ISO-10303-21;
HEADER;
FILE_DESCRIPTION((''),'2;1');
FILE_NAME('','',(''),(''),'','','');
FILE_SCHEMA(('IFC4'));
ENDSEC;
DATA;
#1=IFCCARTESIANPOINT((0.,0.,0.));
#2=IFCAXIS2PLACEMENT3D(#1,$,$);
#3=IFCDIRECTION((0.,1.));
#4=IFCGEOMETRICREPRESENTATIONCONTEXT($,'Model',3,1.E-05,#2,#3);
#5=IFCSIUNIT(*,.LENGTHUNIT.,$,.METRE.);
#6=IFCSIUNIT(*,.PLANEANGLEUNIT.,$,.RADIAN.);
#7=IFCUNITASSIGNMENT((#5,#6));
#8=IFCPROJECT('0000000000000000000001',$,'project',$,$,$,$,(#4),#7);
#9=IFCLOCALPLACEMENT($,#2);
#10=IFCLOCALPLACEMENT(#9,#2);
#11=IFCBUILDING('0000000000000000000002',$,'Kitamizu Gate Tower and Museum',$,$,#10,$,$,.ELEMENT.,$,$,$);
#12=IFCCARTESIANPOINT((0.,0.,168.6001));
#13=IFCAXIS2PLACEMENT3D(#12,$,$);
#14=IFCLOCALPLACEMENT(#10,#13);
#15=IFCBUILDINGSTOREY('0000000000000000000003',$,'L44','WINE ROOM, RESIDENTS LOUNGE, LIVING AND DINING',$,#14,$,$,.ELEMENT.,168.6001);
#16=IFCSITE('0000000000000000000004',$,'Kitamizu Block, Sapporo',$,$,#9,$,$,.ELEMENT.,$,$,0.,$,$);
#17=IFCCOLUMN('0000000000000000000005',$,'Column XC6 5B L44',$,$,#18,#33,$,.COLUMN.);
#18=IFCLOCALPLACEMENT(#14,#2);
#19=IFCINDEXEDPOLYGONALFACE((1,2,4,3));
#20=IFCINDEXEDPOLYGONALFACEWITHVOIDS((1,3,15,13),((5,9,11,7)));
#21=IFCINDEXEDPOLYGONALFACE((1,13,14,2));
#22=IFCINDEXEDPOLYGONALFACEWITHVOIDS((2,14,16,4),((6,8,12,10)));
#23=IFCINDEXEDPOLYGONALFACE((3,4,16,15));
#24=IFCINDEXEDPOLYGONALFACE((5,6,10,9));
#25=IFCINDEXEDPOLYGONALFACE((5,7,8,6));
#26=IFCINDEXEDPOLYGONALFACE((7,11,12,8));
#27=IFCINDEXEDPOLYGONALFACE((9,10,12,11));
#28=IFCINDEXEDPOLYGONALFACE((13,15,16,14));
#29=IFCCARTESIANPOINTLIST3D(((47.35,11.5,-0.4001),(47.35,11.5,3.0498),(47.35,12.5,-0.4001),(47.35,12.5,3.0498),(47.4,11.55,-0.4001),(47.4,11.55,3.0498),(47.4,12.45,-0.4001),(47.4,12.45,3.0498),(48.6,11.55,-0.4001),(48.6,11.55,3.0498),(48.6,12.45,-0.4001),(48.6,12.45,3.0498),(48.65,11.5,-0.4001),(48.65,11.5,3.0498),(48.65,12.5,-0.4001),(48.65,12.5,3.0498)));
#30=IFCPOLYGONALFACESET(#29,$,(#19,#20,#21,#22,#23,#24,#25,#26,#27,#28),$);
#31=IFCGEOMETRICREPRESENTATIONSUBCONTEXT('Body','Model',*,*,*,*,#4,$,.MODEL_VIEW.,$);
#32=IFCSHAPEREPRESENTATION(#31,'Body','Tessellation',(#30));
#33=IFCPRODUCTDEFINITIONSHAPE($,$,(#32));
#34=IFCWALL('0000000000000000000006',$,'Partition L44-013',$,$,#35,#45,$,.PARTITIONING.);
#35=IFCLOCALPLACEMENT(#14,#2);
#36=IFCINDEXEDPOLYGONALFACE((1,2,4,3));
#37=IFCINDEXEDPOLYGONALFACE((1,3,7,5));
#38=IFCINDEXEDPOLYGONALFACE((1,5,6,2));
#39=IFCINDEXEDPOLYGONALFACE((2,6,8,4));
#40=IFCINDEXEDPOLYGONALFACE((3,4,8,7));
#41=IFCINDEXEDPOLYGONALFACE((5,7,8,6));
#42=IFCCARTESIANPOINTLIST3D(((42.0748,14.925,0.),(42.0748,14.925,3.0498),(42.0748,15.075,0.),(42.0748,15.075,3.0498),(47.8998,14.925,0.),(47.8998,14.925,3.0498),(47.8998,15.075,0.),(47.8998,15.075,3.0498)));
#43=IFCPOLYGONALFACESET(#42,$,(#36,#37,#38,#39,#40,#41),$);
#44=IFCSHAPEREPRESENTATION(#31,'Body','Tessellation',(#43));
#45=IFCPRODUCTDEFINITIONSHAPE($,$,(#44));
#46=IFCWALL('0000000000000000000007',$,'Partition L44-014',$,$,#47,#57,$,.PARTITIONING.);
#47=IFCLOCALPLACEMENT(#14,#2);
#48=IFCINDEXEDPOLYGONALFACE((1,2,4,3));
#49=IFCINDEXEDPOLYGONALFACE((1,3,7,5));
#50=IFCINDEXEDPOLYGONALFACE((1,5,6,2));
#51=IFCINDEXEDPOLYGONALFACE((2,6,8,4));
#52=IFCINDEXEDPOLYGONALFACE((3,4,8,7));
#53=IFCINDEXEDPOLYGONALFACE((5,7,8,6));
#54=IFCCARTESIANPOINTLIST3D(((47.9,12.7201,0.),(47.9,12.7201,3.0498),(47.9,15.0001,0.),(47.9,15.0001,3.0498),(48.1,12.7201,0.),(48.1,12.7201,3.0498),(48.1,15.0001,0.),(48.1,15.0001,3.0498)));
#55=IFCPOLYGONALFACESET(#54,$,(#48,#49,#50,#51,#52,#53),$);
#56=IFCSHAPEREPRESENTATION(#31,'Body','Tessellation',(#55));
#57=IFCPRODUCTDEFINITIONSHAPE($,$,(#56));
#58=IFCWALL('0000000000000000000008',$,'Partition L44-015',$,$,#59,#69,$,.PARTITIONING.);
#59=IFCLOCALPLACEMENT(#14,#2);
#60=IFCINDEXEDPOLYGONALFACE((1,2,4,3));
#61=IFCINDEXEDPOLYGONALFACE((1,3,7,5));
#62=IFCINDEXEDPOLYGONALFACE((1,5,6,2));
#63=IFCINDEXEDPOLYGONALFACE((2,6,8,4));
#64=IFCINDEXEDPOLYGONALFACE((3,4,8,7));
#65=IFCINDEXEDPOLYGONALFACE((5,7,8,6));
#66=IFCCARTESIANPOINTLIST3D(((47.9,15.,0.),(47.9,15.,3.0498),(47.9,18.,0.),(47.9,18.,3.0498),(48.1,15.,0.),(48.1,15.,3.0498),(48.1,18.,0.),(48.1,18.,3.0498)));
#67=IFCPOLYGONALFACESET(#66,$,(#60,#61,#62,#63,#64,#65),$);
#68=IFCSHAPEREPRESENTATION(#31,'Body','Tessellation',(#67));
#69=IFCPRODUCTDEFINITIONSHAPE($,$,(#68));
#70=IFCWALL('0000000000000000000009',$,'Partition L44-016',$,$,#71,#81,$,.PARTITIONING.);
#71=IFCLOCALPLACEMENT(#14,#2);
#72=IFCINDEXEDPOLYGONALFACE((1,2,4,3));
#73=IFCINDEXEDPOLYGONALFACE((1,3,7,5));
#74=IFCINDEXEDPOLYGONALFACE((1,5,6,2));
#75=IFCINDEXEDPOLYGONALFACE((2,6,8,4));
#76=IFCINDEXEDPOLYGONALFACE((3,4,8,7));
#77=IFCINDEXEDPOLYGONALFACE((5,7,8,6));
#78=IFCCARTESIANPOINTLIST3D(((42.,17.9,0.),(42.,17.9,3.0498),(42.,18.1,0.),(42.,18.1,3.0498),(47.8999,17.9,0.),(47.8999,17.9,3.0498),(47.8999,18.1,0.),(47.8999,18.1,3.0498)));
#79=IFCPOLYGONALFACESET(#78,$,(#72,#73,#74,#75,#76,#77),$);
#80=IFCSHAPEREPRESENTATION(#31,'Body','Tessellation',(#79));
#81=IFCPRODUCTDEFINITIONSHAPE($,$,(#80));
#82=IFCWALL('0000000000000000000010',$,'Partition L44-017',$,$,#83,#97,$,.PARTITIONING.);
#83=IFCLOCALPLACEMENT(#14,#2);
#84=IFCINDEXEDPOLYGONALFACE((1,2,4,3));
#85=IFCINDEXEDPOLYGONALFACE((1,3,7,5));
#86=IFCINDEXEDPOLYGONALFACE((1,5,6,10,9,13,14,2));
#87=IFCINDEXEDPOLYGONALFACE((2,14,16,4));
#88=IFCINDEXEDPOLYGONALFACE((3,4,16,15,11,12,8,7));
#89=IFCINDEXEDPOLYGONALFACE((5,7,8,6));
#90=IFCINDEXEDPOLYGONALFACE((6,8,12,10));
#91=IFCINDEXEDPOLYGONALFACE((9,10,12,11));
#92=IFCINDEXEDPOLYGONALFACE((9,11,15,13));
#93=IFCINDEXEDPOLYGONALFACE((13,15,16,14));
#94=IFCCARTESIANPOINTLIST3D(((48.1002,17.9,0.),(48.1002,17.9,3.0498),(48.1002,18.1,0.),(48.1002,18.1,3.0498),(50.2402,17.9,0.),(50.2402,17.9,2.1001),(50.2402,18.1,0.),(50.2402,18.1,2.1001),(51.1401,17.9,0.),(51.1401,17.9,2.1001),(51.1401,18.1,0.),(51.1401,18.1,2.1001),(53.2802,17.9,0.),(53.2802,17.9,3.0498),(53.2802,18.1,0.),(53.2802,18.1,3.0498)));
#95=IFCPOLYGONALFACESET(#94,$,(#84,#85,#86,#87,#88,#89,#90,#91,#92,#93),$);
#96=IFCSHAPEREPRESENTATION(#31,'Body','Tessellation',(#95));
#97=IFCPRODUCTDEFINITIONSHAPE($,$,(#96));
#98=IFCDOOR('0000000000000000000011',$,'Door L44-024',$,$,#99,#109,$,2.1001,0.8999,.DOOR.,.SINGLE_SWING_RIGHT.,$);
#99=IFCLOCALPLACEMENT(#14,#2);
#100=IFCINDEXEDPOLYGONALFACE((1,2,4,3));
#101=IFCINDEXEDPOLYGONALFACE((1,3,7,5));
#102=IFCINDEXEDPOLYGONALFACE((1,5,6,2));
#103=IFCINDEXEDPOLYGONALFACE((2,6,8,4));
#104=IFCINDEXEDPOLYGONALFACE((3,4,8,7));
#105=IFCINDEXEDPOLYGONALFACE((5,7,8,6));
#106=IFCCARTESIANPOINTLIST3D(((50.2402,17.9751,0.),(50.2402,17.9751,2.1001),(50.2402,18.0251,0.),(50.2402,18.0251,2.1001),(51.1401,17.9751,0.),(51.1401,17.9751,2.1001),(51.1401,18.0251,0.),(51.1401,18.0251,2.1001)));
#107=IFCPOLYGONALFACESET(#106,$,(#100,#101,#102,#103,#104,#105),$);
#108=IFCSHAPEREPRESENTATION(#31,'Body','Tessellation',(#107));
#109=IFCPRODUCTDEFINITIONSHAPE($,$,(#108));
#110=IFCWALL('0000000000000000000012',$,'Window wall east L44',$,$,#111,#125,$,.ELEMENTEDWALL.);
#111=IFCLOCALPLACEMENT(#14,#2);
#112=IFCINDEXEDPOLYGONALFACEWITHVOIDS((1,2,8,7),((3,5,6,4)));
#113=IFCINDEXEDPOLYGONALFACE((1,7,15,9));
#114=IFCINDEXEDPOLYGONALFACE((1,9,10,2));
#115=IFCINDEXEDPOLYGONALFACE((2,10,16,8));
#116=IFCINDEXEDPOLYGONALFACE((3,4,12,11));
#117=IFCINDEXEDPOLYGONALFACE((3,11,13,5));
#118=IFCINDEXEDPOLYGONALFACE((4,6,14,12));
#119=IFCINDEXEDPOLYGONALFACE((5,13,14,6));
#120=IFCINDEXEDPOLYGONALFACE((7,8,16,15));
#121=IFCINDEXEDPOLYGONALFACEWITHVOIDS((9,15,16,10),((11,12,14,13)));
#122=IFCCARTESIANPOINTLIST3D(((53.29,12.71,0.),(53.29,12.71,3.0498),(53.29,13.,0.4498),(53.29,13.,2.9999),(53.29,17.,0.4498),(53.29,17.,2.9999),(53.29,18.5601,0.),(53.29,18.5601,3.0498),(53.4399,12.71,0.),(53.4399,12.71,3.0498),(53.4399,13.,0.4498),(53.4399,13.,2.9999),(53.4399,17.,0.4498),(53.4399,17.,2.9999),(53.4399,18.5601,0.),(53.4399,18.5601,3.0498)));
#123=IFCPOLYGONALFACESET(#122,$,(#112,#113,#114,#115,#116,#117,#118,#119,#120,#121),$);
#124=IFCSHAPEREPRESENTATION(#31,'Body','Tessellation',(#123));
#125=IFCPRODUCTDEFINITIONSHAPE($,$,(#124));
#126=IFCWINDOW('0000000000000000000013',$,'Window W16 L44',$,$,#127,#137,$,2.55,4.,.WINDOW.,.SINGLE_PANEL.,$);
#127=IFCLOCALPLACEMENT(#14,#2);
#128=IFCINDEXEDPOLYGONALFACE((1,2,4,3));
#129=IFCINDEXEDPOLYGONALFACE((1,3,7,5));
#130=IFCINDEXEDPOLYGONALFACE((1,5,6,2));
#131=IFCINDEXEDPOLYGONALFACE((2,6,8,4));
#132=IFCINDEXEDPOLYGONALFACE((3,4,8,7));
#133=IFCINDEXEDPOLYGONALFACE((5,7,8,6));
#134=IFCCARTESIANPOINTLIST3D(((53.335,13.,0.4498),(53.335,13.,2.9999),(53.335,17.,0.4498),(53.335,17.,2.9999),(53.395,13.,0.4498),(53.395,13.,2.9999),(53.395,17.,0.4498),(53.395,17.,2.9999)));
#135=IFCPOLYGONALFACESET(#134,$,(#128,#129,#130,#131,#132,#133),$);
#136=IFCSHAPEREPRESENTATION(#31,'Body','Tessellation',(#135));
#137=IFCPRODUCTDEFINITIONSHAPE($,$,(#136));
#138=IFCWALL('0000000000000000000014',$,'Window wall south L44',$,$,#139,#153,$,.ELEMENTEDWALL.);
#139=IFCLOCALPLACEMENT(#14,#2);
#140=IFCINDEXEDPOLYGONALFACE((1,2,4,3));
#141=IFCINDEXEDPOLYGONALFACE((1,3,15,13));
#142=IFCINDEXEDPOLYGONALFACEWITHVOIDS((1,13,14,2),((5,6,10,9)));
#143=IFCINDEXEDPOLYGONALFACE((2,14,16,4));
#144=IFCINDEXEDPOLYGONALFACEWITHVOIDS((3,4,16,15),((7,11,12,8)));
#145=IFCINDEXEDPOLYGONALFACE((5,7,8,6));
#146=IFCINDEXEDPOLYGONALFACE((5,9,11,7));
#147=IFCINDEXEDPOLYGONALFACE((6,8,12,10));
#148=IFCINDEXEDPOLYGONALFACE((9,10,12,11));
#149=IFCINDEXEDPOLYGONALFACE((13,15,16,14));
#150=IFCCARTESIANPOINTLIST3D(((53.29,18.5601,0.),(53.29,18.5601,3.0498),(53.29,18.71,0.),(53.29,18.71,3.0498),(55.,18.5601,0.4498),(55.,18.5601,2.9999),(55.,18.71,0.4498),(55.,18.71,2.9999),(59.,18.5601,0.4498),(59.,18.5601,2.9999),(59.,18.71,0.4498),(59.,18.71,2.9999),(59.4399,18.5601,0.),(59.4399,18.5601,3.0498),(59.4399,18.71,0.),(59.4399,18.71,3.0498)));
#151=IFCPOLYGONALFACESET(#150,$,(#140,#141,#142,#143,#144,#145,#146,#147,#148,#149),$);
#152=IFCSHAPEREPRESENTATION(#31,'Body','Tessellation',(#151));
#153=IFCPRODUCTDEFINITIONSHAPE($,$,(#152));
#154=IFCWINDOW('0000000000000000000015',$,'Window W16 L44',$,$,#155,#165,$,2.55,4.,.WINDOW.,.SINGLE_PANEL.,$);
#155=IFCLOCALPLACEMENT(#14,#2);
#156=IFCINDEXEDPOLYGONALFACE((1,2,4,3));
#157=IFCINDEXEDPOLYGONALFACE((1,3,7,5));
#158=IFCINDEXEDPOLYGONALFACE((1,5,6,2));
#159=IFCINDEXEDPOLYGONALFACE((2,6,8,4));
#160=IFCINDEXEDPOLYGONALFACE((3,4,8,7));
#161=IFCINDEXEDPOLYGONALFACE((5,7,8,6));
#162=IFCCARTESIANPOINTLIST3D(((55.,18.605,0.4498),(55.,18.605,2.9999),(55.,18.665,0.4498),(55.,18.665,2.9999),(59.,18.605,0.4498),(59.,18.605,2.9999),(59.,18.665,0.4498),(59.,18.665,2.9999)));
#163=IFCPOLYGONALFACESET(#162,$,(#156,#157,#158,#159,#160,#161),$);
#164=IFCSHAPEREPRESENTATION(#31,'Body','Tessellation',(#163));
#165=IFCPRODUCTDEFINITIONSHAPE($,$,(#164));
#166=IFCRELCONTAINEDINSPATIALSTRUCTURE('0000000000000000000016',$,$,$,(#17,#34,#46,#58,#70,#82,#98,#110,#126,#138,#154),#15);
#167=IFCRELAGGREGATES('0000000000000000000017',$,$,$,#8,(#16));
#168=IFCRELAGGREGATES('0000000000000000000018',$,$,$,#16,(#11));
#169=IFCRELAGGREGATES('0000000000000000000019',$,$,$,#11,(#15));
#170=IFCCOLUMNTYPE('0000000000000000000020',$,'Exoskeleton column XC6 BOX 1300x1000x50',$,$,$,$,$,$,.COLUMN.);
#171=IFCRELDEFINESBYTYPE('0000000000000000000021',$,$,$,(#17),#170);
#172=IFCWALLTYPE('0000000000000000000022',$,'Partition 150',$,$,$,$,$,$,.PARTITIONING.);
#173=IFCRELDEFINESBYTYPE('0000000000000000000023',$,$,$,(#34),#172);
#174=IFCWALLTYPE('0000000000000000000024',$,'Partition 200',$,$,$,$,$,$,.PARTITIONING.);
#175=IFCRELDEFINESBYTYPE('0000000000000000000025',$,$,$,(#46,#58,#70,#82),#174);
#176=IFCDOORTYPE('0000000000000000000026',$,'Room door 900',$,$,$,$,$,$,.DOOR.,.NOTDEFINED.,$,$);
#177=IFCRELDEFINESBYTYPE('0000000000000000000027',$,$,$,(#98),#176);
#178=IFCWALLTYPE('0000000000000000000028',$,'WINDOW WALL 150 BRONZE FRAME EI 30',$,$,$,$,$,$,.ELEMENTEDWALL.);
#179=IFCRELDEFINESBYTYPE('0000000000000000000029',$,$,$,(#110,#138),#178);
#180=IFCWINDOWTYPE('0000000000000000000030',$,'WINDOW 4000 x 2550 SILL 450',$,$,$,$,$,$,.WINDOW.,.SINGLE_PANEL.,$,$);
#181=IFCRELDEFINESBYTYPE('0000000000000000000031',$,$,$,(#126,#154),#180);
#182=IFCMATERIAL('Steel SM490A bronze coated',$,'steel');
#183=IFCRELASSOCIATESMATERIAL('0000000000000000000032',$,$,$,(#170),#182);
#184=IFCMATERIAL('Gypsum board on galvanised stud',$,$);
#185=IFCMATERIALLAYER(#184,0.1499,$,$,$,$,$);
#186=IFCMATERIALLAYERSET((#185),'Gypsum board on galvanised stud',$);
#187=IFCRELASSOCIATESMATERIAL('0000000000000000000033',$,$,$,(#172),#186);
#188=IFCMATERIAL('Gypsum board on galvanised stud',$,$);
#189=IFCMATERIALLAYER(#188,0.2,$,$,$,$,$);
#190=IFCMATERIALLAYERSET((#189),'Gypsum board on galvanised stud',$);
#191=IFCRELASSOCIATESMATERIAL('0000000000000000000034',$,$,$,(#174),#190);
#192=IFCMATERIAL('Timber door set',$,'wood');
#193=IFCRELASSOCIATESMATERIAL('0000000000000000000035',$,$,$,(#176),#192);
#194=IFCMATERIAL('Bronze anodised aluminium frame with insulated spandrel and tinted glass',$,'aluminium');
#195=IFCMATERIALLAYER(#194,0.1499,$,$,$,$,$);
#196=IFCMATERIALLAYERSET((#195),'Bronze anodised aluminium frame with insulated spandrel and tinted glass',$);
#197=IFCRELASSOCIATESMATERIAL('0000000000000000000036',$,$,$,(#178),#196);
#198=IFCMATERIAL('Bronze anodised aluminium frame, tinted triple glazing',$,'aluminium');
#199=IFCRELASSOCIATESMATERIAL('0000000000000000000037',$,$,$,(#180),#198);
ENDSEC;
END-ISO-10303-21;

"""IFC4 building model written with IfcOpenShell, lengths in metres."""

from ifc_helpers import new_model, si_unit, direction, frame, frame_2d, origin, origin_2d, place, context, subcontext, project, spatial, rectangle, hollow_rectangle, extrude, material, layer, layer_set, material_profile, profile_set, type_object, element, fill, save


model = new_model("IFC4")

# Units and contexts
model_context = context("Model", 3, precision=1e-05, world=origin(), true_north=direction((0.0, 1.0)))
body_context = subcontext(model_context, "Body", "Model", "MODEL_VIEW")
ifc_project = project(units=[si_unit("LENGTHUNIT", "METRE"), si_unit("PLANEANGLEUNIT", "RADIAN")], contexts=[model_context])

# Site, building, storey
site_placement = place(None, origin())
site = spatial("IfcSite", under=ifc_project, at=site_placement, Name="Kitamizu Block, Sapporo", CompositionType="ELEMENT", RefElevation=0.0)
building_placement = place(site_placement, origin())
building = spatial("IfcBuilding", under=site, at=building_placement, Name="Kitamizu Gate Tower and Museum", CompositionType="ELEMENT")
storey_placement = place(building_placement, frame((0.0, 0.0, 168.6001)))
storey = spatial("IfcBuildingStorey", under=building, at=storey_placement, Name="L44", Description="WINE ROOM, RESIDENTS LOUNGE, LIVING AND DINING", CompositionType="ELEMENT", Elevation=168.6001)

# Column
ifc_material_1 = material(Name="Steel SM490A bronze coated", Category="steel")
ifc_material_profile = material_profile(ifc_material_1, hollow_rectangle(XDim=1.3, YDim=1.0, WallThickness=0.05, at=origin_2d()), Name="BOX 1300x1000x50")
ifc_profile_set = profile_set([ifc_material_profile], Name="Steel SM490A bronze coated")
column_type = type_object("IfcColumnType", Name="Exoskeleton column XC6 BOX 1300x1000x50", PredefinedType="COLUMN", material=ifc_profile_set)
column_placement = place(storey_placement, frame((48.0, 12.0, -0.4001), z_axis=(0.0, 0.0, 1.0), x_axis=(1.0, 0.0, 0.0)))
element("IfcColumn", 1, at=column_placement, inside=storey, type_object=column_type, Name="Column XC6 5B L44", PredefinedType="COLUMN", context=body_context, shape_type="SweptSolid", body=[
    extrude(hollow_rectangle(XDim=1.3, YDim=1.0, WallThickness=0.05, at=origin_2d()), origin(), (0.0, 0.0, 1.0), 3.45),
])

# Walls
ifc_material_2 = material(Name="Gypsum board on galvanised stud")
ifc_layer_1 = layer(ifc_material_2, 0.1499)
ifc_layer_set_1 = layer_set([ifc_layer_1], Name="Gypsum board on galvanised stud")
wall_type_1 = type_object("IfcWallType", Name="Partition 150", PredefinedType="PARTITIONING", material=ifc_layer_set_1)
wall_1_placement = place(storey_placement, frame((47.8999, 15.0, 0.0), z_axis=(0.0, 0.0, 1.0), x_axis=(-1.0, 0.0, 0.0)))
element("IfcWall", 2, at=wall_1_placement, inside=storey, type_object=wall_type_1, Name="Partition L44-013", PredefinedType="PARTITIONING", context=body_context, shape_type="SweptSolid", body=[
    extrude(rectangle(XDim=5.825, YDim=0.1499, at=frame_2d((2.9126, 0.0))), origin(), (0.0, 0.0, 1.0), 3.0498),
])
ifc_material_3 = material(Name="Gypsum board on galvanised stud")
ifc_layer_2 = layer(ifc_material_3, 0.2)
ifc_layer_set_2 = layer_set([ifc_layer_2], Name="Gypsum board on galvanised stud")
wall_type_2 = type_object("IfcWallType", Name="Partition 200", PredefinedType="PARTITIONING", material=ifc_layer_set_2)
wall_2_placement = place(storey_placement, frame((48.0, 12.72, 0.0), z_axis=(0.0, 0.0, 1.0), x_axis=(0.0, 1.0, 0.0)))
element("IfcWall", 3, at=wall_2_placement, inside=storey, type_object=wall_type_2, Name="Partition L44-014", PredefinedType="PARTITIONING", context=body_context, shape_type="SweptSolid", body=[
    extrude(rectangle(XDim=2.28, YDim=0.2, at=frame_2d((1.1401, 0.0))), origin(), (0.0, 0.0, 1.0), 3.0498),
])
wall_3_placement = place(storey_placement, frame((48.0, 15.0, 0.0), z_axis=(0.0, 0.0, 1.0), x_axis=(0.0, 1.0, 0.0)))
element("IfcWall", 4, at=wall_3_placement, inside=storey, type_object=wall_type_2, Name="Partition L44-015", PredefinedType="PARTITIONING", context=body_context, shape_type="SweptSolid", body=[
    extrude(rectangle(XDim=3.0, YDim=0.2, at=frame_2d((1.5, 0.0))), origin(), (0.0, 0.0, 1.0), 3.0498),
])
wall_4_placement = place(storey_placement, frame((47.8999, 18.0, 0.0), z_axis=(0.0, 0.0, 1.0), x_axis=(-1.0, 0.0, 0.0)))
element("IfcWall", 5, at=wall_4_placement, inside=storey, type_object=wall_type_2, Name="Partition L44-016", PredefinedType="PARTITIONING", context=body_context, shape_type="SweptSolid", body=[
    extrude(rectangle(XDim=5.8999, YDim=0.2, at=frame_2d((2.95, 0.0))), origin(), (0.0, 0.0, 1.0), 3.0498),
])

# Wall, opening, door
wall_5_placement = place(storey_placement, frame((53.28, 18.0, 0.0), z_axis=(0.0, 0.0, 1.0), x_axis=(-1.0, 0.0, 0.0)))
wall_5 = element("IfcWall", 6, at=wall_5_placement, inside=storey, type_object=wall_type_2, Name="Partition L44-017", PredefinedType="PARTITIONING", context=body_context, shape_type="SweptSolid", body=[
    extrude(rectangle(XDim=5.1799, YDim=0.2, at=frame_2d((2.5898, 0.0))), origin(), (0.0, 0.0, 1.0), 3.0498),
])
opening_1_placement = place(wall_5_placement, frame((2.1399, 0.0, 0.0)))
opening_1 = element("IfcOpeningElement", 7, at=opening_1_placement, cuts=wall_5, PredefinedType="OPENING", context=body_context, shape_type="SweptSolid", body=[
    extrude(rectangle(XDim=0.8999, YDim=2.1001, at=frame_2d((0.45, 1.05))), frame((0.0, 0.1099, 0.0), z_axis=(0.0, -1.0, 0.0), x_axis=(1.0, 0.0, 0.0)), (0.0, 0.0, 1.0), 0.22),
])
ifc_material_4 = material(Name="Timber door set", Category="wood")
door_type = type_object("IfcDoorType", Name="Room door 900", OperationType="NOTDEFINED", PredefinedType="DOOR", material=ifc_material_4)
door_placement = place(opening_1_placement, origin())
door = element("IfcDoor", 8, at=door_placement, inside=storey, type_object=door_type, Name="Door L44-024", OperationType="SINGLE_SWING_RIGHT", OverallHeight=2.1001, OverallWidth=0.8999, PredefinedType="DOOR", context=body_context, shape_type="SweptSolid", body=[
    extrude(rectangle(XDim=0.8999, YDim=2.1001, at=frame_2d((0.45, 1.05))), frame((0.0, 0.0249, 0.0), z_axis=(0.0, -1.0, 0.0), x_axis=(1.0, 0.0, 0.0)), (0.0, 0.0, 1.0), 0.05),
])
fill(opening_1, door)

# Walls, openings, windows
ifc_material_5 = material(Name="Bronze anodised aluminium frame with insulated spandrel and tinted glass", Category="aluminium")
ifc_layer_3 = layer(ifc_material_5, 0.1499)
ifc_layer_set_3 = layer_set([ifc_layer_3], Name="Bronze anodised aluminium frame with insulated spandrel and tinted glass")
wall_type_3 = type_object("IfcWallType", Name="WINDOW WALL 150 BRONZE FRAME EI 30", PredefinedType="ELEMENTEDWALL", material=ifc_layer_set_3)
wall_6_placement = place(storey_placement, frame((53.365, 12.71, 0.0), z_axis=(0.0, 0.0, 1.0), x_axis=(0.0, 1.0, 0.0)))
wall_6 = element("IfcWall", 9, at=wall_6_placement, inside=storey, type_object=wall_type_3, Name="Window wall east L44", PredefinedType="ELEMENTEDWALL", context=body_context, shape_type="SweptSolid", body=[
    extrude(rectangle(XDim=5.8501, YDim=0.1499, at=frame_2d((2.925, 0.0))), origin(), (0.0, 0.0, 1.0), 3.0498),
])
opening_2_placement = place(wall_6_placement, frame((0.29, 0.0, 0.45)))
opening_2 = element("IfcOpeningElement", 10, at=opening_2_placement, cuts=wall_6, PredefinedType="OPENING", context=body_context, shape_type="SweptSolid", body=[
    extrude(rectangle(XDim=4.0, YDim=2.55, at=frame_2d((2.0, 1.2749))), frame((0.0, 0.085, 0.0), z_axis=(0.0, -1.0, 0.0), x_axis=(1.0, 0.0, 0.0)), (0.0, 0.0, 1.0), 0.1699),
])
ifc_material_6 = material(Name="Bronze anodised aluminium frame, tinted triple glazing", Category="aluminium")
window_type = type_object("IfcWindowType", Name="WINDOW 4000 x 2550 SILL 450", PartitioningType="SINGLE_PANEL", PredefinedType="WINDOW", material=ifc_material_6)
window_1_placement = place(opening_2_placement, origin())
window_1 = element("IfcWindow", 11, at=window_1_placement, inside=storey, type_object=window_type, Name="Window W16 L44", OverallHeight=2.55, OverallWidth=4.0, PartitioningType="SINGLE_PANEL", PredefinedType="WINDOW", context=body_context, shape_type="SweptSolid", body=[
    extrude(rectangle(XDim=4.0, YDim=2.55, at=frame_2d((2.0, 1.2749))), frame((0.0, 0.03, 0.0), z_axis=(0.0, -1.0, 0.0), x_axis=(1.0, 0.0, 0.0)), (0.0, 0.0, 1.0), 0.0601),
])
fill(opening_2, window_1)
wall_7_placement = place(storey_placement, frame((53.29, 18.635, 0.0), z_axis=(0.0, 0.0, 1.0), x_axis=(1.0, 0.0, 0.0)))
wall_7 = element("IfcWall", 12, at=wall_7_placement, inside=storey, type_object=wall_type_3, Name="Window wall south L44", PredefinedType="ELEMENTEDWALL", context=body_context, shape_type="SweptSolid", body=[
    extrude(rectangle(XDim=6.1499, YDim=0.1499, at=frame_2d((3.075, 0.0))), origin(), (0.0, 0.0, 1.0), 3.0498),
])
opening_3_placement = place(wall_7_placement, frame((1.71, 0.0, 0.45)))
opening_3 = element("IfcOpeningElement", 13, at=opening_3_placement, cuts=wall_7, PredefinedType="OPENING", context=body_context, shape_type="SweptSolid", body=[
    extrude(rectangle(XDim=4.0, YDim=2.55, at=frame_2d((2.0, 1.2749))), frame((0.0, 0.085, 0.0), z_axis=(0.0, -1.0, 0.0), x_axis=(1.0, 0.0, 0.0)), (0.0, 0.0, 1.0), 0.1699),
])
window_2_placement = place(opening_3_placement, origin())
window_2 = element("IfcWindow", 14, at=window_2_placement, inside=storey, type_object=window_type, Name="Window W16 L44", OverallHeight=2.55, OverallWidth=4.0, PartitioningType="SINGLE_PANEL", PredefinedType="WINDOW", context=body_context, shape_type="SweptSolid", body=[
    extrude(rectangle(XDim=4.0, YDim=2.55, at=frame_2d((2.0, 1.2749))), frame((0.0, 0.03, 0.0), z_axis=(0.0, -1.0, 0.0), x_axis=(1.0, 0.0, 0.0)), (0.0, 0.0, 1.0), 0.0601),
])
fill(opening_3, window_2)

save(model, "model.ifc")
